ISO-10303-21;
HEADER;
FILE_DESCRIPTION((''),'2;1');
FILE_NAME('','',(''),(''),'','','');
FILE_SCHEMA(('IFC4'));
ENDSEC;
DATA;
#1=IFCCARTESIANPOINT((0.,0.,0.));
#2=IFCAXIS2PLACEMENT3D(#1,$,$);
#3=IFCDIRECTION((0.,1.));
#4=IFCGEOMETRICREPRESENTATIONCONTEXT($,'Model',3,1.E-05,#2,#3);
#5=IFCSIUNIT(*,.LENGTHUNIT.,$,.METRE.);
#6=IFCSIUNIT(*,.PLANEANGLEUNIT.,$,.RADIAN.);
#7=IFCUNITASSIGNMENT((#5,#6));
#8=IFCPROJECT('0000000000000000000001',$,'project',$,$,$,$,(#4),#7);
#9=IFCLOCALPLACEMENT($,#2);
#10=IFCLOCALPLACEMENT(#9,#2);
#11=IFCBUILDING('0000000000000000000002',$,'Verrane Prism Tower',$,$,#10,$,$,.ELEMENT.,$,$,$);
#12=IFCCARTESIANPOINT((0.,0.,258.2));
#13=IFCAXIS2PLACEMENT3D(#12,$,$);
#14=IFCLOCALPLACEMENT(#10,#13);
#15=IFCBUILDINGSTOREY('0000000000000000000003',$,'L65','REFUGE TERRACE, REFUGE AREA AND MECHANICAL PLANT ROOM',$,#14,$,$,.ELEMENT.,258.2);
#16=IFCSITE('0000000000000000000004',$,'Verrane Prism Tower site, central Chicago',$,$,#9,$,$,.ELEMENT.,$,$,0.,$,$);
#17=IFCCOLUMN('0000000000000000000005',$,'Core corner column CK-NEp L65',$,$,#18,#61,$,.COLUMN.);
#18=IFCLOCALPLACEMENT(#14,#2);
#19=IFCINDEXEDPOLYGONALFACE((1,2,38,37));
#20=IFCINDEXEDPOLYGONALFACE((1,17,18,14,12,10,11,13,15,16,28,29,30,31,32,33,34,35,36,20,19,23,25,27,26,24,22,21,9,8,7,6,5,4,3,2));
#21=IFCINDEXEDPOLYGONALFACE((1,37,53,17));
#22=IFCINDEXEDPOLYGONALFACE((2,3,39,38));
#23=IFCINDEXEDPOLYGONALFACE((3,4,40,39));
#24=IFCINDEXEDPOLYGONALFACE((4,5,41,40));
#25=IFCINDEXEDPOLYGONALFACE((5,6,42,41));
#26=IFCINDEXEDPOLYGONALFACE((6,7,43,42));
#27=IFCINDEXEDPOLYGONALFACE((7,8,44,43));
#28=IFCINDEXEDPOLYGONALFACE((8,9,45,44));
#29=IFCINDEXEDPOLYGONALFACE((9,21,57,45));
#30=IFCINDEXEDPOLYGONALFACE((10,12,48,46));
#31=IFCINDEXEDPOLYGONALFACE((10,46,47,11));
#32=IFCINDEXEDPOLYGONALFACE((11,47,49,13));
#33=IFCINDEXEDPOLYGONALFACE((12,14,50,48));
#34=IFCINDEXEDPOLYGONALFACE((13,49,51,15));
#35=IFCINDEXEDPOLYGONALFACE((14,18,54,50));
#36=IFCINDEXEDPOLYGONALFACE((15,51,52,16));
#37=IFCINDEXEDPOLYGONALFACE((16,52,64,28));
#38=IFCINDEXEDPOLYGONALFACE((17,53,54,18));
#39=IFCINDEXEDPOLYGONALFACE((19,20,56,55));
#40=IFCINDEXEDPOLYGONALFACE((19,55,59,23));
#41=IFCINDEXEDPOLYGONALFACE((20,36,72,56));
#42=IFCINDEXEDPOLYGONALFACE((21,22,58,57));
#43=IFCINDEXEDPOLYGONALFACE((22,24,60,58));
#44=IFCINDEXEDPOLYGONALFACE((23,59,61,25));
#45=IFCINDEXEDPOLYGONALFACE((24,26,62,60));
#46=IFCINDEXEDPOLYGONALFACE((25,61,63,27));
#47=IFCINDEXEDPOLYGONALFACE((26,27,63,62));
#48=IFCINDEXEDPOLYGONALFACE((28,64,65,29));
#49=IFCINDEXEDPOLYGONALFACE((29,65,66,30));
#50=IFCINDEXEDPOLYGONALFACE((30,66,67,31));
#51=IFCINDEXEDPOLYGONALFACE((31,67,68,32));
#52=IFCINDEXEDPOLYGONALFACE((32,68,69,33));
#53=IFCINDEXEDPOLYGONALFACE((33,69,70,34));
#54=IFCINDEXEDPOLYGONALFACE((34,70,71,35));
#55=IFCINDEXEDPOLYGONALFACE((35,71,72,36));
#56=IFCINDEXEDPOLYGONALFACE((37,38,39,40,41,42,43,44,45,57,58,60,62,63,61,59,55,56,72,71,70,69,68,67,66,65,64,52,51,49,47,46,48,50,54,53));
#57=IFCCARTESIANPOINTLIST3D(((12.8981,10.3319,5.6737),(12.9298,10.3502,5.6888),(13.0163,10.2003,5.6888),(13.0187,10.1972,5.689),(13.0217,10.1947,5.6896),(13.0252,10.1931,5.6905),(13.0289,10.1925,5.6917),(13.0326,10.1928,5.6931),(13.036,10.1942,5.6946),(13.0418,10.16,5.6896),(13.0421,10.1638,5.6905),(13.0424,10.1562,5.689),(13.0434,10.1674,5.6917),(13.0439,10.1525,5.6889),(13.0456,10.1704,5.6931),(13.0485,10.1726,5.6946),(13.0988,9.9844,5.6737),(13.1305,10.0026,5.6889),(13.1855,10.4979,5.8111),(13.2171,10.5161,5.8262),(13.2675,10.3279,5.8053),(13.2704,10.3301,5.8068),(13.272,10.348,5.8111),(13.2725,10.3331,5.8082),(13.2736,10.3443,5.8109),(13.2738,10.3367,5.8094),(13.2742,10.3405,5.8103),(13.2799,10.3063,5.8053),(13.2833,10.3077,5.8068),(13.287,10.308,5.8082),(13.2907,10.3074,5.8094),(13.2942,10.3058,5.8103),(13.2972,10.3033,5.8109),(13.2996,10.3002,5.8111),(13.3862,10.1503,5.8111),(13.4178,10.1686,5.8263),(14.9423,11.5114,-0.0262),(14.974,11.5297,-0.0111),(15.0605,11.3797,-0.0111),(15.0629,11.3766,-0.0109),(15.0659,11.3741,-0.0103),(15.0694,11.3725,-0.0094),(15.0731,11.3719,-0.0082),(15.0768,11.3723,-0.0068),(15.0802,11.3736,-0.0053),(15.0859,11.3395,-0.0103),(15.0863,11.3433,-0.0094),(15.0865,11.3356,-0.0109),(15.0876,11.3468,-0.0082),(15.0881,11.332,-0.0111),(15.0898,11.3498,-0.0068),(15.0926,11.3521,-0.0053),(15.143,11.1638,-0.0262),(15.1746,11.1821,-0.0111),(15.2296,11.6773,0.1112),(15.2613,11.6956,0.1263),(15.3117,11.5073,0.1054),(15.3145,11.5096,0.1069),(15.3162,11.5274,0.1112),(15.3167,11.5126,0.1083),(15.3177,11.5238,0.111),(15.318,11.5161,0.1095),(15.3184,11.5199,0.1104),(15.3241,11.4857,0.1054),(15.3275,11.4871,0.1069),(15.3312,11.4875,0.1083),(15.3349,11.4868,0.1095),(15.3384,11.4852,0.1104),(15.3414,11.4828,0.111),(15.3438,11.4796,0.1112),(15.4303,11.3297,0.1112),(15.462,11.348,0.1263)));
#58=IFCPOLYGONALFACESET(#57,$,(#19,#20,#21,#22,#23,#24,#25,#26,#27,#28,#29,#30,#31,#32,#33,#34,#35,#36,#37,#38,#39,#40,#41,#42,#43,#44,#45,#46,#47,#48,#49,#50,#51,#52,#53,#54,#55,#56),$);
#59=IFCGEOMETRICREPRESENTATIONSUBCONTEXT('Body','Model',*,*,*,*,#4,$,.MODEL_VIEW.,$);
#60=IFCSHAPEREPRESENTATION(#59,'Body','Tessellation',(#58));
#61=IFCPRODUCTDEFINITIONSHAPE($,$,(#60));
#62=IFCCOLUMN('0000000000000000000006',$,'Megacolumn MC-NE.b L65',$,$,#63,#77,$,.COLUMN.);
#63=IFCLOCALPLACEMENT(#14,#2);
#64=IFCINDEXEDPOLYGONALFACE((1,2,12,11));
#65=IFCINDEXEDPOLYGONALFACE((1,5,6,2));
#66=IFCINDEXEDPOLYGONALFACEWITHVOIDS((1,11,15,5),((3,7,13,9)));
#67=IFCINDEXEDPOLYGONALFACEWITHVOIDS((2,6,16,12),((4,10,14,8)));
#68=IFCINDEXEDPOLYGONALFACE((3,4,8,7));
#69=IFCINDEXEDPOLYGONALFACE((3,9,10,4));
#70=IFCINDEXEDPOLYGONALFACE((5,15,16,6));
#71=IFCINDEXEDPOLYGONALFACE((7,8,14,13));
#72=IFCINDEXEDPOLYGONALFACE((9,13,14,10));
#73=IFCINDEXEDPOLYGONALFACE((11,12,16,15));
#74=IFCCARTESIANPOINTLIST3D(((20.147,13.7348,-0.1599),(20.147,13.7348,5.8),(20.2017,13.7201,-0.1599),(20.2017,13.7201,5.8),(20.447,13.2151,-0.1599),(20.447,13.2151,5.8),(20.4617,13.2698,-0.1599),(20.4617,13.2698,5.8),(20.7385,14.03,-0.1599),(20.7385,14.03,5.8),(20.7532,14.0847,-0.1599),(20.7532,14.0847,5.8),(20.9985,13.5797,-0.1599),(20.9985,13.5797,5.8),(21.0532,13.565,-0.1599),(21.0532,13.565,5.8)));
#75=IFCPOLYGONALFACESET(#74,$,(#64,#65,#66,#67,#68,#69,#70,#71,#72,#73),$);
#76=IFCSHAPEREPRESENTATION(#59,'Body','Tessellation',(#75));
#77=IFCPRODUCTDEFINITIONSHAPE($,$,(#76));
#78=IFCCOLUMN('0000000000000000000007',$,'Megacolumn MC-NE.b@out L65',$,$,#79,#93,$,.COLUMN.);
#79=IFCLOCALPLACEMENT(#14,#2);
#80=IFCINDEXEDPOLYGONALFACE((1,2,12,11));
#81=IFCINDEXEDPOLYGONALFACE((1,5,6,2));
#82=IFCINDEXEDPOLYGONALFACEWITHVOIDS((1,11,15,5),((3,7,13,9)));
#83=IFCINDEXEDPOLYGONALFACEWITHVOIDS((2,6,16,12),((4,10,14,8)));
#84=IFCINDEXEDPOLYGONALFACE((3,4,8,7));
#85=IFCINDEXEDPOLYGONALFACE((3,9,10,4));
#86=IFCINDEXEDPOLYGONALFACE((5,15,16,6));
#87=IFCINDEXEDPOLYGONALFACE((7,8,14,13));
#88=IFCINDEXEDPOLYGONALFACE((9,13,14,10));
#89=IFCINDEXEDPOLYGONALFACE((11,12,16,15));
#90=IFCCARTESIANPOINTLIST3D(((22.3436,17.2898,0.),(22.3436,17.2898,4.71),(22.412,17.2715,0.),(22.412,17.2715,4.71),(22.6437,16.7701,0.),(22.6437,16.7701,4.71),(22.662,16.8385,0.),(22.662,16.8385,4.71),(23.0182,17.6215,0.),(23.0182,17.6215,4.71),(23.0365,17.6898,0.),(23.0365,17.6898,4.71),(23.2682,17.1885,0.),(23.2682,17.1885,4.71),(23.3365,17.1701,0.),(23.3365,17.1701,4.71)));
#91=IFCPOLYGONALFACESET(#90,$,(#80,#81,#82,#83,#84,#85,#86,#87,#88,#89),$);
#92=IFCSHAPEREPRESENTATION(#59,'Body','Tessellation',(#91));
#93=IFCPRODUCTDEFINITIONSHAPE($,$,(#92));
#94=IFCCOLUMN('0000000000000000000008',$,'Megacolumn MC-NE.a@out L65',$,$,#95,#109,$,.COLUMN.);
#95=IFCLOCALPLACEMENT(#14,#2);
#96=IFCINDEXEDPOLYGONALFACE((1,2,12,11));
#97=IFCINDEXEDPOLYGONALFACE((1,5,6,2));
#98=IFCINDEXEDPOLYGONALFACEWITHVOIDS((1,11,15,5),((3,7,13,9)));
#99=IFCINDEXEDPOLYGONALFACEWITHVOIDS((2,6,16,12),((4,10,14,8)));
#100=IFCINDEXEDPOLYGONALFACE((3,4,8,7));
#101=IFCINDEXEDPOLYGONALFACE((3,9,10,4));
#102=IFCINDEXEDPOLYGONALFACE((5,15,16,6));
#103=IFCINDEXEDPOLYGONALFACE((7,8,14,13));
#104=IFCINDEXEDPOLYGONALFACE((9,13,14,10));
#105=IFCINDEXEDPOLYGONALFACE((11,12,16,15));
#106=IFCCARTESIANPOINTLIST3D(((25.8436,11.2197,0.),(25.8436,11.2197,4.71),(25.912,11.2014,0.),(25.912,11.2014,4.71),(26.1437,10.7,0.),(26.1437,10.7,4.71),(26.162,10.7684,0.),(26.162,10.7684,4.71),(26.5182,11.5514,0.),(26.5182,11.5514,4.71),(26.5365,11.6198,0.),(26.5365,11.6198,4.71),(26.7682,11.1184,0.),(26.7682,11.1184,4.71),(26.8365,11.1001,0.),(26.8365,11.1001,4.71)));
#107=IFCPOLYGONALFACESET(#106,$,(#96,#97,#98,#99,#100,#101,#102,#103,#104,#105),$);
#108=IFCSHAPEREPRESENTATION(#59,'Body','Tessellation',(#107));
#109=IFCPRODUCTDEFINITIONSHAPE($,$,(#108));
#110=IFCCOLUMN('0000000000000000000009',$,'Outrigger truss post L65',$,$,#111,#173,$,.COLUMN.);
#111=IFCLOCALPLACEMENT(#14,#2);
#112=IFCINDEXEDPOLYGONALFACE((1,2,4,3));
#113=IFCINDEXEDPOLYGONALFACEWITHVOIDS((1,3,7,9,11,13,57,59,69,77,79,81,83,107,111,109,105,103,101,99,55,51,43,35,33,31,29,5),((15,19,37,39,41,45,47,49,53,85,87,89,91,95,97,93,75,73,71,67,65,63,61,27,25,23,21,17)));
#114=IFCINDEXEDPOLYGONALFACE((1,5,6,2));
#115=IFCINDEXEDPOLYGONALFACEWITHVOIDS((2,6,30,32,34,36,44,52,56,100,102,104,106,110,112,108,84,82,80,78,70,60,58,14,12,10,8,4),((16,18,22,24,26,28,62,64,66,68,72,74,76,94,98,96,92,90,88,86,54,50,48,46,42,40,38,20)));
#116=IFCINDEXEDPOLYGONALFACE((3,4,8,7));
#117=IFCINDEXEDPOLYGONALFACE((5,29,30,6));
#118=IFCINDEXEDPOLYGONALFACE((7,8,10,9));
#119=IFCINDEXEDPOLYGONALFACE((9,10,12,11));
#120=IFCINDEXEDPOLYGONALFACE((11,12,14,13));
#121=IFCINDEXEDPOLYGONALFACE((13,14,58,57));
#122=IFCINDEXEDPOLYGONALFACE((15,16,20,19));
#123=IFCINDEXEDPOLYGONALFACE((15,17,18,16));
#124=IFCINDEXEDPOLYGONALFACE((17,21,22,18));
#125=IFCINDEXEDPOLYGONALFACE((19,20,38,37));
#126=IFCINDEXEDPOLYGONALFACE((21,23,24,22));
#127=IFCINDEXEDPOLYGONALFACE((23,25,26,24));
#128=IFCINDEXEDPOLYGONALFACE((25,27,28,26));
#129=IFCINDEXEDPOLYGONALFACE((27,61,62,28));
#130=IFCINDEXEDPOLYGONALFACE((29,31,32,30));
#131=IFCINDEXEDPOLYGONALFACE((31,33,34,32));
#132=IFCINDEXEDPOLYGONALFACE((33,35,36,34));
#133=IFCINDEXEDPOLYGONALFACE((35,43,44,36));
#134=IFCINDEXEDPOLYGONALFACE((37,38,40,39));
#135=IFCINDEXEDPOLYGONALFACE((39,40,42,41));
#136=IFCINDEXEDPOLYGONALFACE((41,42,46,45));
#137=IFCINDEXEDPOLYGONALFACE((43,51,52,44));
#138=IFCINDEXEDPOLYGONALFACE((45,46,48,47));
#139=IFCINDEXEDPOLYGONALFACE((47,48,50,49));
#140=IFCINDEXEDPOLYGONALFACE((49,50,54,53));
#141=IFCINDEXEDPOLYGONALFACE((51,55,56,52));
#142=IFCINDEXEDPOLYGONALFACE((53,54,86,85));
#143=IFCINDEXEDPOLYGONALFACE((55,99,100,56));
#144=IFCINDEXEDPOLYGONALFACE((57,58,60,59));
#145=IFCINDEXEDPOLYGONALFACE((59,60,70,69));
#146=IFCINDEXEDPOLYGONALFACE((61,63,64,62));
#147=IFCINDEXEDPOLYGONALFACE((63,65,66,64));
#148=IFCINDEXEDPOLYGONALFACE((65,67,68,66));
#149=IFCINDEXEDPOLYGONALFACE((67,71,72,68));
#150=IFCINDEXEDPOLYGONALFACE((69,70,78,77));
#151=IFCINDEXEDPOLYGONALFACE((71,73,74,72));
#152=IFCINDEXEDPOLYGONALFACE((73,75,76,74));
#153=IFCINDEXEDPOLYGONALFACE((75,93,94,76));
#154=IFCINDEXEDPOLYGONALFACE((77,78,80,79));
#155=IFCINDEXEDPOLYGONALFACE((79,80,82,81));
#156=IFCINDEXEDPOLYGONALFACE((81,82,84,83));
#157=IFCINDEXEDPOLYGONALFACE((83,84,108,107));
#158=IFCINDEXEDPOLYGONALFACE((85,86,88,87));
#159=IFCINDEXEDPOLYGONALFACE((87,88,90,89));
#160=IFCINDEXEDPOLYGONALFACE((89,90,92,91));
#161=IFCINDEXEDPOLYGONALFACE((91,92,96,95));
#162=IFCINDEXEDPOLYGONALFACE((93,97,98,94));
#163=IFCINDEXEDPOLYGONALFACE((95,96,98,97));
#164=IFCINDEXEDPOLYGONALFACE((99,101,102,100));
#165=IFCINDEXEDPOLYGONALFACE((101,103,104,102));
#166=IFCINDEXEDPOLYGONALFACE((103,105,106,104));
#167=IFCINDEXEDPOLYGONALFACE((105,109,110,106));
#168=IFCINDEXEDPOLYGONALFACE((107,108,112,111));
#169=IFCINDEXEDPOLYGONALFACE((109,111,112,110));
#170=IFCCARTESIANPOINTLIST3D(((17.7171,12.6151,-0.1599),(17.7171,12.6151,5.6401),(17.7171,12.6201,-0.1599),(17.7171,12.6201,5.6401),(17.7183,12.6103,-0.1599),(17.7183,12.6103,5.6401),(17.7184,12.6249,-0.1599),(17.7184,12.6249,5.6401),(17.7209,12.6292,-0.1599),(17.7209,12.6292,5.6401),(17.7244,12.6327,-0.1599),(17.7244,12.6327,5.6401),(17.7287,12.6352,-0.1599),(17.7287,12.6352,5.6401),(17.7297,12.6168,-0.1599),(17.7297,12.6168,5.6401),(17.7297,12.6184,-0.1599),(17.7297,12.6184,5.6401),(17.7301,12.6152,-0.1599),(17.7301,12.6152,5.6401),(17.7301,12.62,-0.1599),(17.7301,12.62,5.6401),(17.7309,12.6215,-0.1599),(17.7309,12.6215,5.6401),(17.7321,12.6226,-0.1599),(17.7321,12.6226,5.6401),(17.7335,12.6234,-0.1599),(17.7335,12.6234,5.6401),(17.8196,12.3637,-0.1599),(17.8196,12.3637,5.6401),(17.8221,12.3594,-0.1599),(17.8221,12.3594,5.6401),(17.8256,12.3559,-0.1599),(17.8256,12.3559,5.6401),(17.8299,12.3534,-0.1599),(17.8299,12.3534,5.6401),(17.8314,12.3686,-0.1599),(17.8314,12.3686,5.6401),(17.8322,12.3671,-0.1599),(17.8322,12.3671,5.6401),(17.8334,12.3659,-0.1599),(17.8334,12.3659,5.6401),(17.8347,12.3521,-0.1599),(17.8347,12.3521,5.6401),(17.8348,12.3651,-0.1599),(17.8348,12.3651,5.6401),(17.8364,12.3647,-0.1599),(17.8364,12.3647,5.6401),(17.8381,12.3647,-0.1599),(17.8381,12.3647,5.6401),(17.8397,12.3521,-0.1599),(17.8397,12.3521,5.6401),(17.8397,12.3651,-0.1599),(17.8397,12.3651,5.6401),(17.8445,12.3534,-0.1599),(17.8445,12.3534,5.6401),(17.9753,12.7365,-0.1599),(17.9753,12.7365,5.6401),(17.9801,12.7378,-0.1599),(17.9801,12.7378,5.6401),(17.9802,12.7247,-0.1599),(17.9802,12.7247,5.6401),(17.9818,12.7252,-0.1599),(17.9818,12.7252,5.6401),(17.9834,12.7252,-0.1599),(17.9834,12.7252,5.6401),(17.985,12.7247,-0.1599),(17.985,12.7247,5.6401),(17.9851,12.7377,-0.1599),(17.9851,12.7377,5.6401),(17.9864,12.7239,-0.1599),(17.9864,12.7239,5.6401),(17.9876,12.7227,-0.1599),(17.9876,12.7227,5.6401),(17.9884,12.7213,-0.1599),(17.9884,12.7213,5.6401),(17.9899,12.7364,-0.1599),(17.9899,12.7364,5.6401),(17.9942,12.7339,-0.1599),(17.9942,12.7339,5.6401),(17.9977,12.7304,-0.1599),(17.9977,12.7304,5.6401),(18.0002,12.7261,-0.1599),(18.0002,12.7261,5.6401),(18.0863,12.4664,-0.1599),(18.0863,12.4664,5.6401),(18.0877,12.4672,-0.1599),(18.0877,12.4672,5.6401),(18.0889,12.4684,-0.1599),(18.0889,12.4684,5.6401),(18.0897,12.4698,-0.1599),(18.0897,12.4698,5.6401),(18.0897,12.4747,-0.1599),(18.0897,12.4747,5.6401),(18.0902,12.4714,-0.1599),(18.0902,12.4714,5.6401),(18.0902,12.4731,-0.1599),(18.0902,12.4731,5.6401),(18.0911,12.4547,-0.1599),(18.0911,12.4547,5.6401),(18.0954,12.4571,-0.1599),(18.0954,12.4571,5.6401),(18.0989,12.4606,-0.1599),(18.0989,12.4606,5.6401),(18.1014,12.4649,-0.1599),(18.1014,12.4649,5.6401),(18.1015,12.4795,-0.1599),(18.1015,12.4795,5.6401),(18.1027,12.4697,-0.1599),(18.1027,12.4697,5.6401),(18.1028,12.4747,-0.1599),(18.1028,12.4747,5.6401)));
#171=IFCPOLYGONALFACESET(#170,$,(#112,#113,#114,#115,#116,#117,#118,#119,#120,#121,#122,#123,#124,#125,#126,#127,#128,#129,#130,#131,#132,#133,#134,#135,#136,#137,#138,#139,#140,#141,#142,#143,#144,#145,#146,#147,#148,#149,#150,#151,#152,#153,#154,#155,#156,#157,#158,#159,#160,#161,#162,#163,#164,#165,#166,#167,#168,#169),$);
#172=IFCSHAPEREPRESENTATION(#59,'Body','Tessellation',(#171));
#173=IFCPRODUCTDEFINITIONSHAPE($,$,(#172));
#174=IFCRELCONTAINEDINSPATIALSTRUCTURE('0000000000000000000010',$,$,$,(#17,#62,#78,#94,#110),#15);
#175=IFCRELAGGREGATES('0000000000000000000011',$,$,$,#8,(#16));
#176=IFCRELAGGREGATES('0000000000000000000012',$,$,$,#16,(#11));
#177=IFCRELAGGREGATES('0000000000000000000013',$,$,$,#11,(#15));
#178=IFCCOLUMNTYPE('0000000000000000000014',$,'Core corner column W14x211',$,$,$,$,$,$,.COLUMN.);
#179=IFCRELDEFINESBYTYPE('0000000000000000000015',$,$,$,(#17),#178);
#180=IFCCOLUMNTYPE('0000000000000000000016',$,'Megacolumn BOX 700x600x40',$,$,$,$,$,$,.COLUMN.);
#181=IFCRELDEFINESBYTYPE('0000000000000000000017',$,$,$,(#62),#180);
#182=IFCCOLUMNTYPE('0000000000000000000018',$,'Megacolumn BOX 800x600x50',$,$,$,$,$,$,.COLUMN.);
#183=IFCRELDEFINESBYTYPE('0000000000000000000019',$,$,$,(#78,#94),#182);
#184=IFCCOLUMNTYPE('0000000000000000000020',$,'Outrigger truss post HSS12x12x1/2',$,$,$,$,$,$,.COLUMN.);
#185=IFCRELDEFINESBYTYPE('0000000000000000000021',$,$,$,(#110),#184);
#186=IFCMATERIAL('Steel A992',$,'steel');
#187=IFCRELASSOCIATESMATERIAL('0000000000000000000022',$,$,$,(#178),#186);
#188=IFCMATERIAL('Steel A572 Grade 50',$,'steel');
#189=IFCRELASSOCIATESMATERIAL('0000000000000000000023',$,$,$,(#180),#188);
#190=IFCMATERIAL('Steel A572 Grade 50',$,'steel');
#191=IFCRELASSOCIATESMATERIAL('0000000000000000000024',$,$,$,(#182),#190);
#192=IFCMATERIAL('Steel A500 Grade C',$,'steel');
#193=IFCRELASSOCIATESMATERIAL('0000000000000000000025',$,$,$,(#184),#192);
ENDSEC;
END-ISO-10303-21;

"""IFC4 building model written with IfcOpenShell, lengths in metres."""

from ifc_helpers import new_model, si_unit, direction, frame, origin, origin_2d, place, context, subcontext, project, spatial, hollow_rectangle, i_section, extrude, material, material_profile, profile_set, type_object, element, save


model = new_model("IFC4")

# Units and contexts
model_context = context("Model", 3, precision=1e-05, world=origin(), true_north=direction((0.0, 1.0)))
body_context = subcontext(model_context, "Body", "Model", "MODEL_VIEW")
ifc_project = project(units=[si_unit("LENGTHUNIT", "METRE"), si_unit("PLANEANGLEUNIT", "RADIAN")], contexts=[model_context])

# Site, building, storey
site_placement = place(None, origin())
site = spatial("IfcSite", under=ifc_project, at=site_placement, Name="Verrane Prism Tower site, central Chicago", CompositionType="ELEMENT", RefElevation=0.0)
building_placement = place(site_placement, origin())
building = spatial("IfcBuilding", under=site, at=building_placement, Name="Verrane Prism Tower", CompositionType="ELEMENT")
storey_placement = place(building_placement, frame((0.0, 0.0, 258.2)))
storey = spatial("IfcBuildingStorey", under=building, at=storey_placement, Name="L65", Description="REFUGE TERRACE, REFUGE AREA AND MECHANICAL PLANT ROOM", CompositionType="ELEMENT", Elevation=258.2)

# Columns
ifc_material_1 = material(Name="Steel A992", Category="steel")
ifc_material_profile_1 = material_profile(ifc_material_1, i_section(OverallWidth=0.4014, OverallDepth=0.3987, WebThickness=0.0249, FlangeThickness=0.0396, FilletRadius=0.0151, at=origin_2d()), Name="W14x211")
ifc_profile_set_1 = profile_set([ifc_material_profile_1], Name="Steel A992")
column_type_1 = type_object("IfcColumnType", Name="Core corner column W14x211", PredefinedType="COLUMN", material=ifc_profile_set_1)
column_1_placement = place(storey_placement, frame((15.2021, 11.4297, 0.05), z_axis=(-0.331353, -0.191182, 0.923934), x_axis=(0.500033, -0.866006, 0.000133)))
element("IfcColumn", 1, at=column_1_placement, inside=storey, type_object=column_type_1, Name="Core corner column CK-NEp L65", PredefinedType="COLUMN", context=body_context, shape_type="SweptSolid", body=[
    extrude(i_section(OverallWidth=0.4014, OverallDepth=0.3987, WebThickness=0.0249, FlangeThickness=0.0396, FilletRadius=0.0151, at=origin_2d()), origin(), (0.0, 0.0, 1.0), 6.1692),
])
ifc_material_2 = material(Name="Steel A572 Grade 50", Category="steel")
ifc_material_profile_2 = material_profile(ifc_material_2, hollow_rectangle(XDim=0.6001, YDim=0.7, WallThickness=0.04, at=origin_2d()), Name="BOX 700x600x40")
ifc_profile_set_2 = profile_set([ifc_material_profile_2], Name="Steel A572 Grade 50")
column_type_2 = type_object("IfcColumnType", Name="Megacolumn BOX 700x600x40", PredefinedType="COLUMN", material=ifc_profile_set_2)
column_2_placement = place(storey_placement, frame((20.6001, 13.6499, -0.1599), z_axis=(0.0, 0.0, 1.0), x_axis=(0.5, -0.866025, 0.0)))
element("IfcColumn", 2, at=column_2_placement, inside=storey, type_object=column_type_2, Name="Megacolumn MC-NE.b L65", PredefinedType="COLUMN", context=body_context, shape_type="SweptSolid", body=[
    extrude(hollow_rectangle(XDim=0.6001, YDim=0.7, WallThickness=0.04, at=origin_2d()), origin(), (0.0, 0.0, 1.0), 5.96),
])
ifc_material_3 = material(Name="Steel A572 Grade 50", Category="steel")
ifc_material_profile_3 = material_profile(ifc_material_3, hollow_rectangle(XDim=0.6001, YDim=0.8, WallThickness=0.05, at=origin_2d()), Name="BOX 800x600x50")
ifc_profile_set_3 = profile_set([ifc_material_profile_3], Name="Steel A572 Grade 50")
column_type_3 = type_object("IfcColumnType", Name="Megacolumn BOX 800x600x50", PredefinedType="COLUMN", material=ifc_profile_set_3)
for number, where, z_axis, x_axis, name in (
    (3, (22.8401, 17.23, 0.0), (0.0, 0.0, 1.0), (0.5, -0.866025, 0.0), "Megacolumn MC-NE.b@out L65"),
    (4, (26.3401, 11.1599, 0.0), (0.0, 0.0, 1.0), (0.5, -0.866025, 0.0), "Megacolumn MC-NE.a@out L65"),
):
    element("IfcColumn", number, at=place(storey_placement, frame(where, z_axis=z_axis, x_axis=x_axis)), inside=storey, type_object=column_type_3, Name=name, PredefinedType="COLUMN", context=body_context, shape_type="SweptSolid", body=[
        extrude(hollow_rectangle(XDim=0.6001, YDim=0.8, WallThickness=0.05, at=origin_2d()), origin(), (0.0, 0.0, 1.0), 4.71),
    ])
ifc_material_4 = material(Name="Steel A500 Grade C", Category="steel")
ifc_material_profile_4 = material_profile(ifc_material_4, hollow_rectangle(XDim=0.3047, YDim=0.3047, WallThickness=0.0127, InnerFilletRadius=0.0063, OuterFilletRadius=0.019, at=origin_2d()), Name="HSS12x12x1/2")
ifc_profile_set_4 = profile_set([ifc_material_profile_4], Name="Steel A500 Grade C")
column_type_4 = type_object("IfcColumnType", Name="Outrigger truss post HSS12x12x1/2", PredefinedType="COLUMN", material=ifc_profile_set_4)
column_3_placement = place(storey_placement, frame((17.9099, 12.5449, -0.1599), z_axis=(0.0, 0.0, 1.0), x_axis=(-0.379971, 0.924998, 0.0)))
element("IfcColumn", 5, at=column_3_placement, inside=storey, type_object=column_type_4, Name="Outrigger truss post L65", PredefinedType="COLUMN", context=body_context, shape_type="SweptSolid", body=[
    extrude(hollow_rectangle(XDim=0.3047, YDim=0.3047, WallThickness=0.0127, InnerFilletRadius=0.0063, OuterFilletRadius=0.019, at=origin_2d()), origin(), (0.0, 0.0, 1.0), 5.8),
])

save(model, "model.ifc")
